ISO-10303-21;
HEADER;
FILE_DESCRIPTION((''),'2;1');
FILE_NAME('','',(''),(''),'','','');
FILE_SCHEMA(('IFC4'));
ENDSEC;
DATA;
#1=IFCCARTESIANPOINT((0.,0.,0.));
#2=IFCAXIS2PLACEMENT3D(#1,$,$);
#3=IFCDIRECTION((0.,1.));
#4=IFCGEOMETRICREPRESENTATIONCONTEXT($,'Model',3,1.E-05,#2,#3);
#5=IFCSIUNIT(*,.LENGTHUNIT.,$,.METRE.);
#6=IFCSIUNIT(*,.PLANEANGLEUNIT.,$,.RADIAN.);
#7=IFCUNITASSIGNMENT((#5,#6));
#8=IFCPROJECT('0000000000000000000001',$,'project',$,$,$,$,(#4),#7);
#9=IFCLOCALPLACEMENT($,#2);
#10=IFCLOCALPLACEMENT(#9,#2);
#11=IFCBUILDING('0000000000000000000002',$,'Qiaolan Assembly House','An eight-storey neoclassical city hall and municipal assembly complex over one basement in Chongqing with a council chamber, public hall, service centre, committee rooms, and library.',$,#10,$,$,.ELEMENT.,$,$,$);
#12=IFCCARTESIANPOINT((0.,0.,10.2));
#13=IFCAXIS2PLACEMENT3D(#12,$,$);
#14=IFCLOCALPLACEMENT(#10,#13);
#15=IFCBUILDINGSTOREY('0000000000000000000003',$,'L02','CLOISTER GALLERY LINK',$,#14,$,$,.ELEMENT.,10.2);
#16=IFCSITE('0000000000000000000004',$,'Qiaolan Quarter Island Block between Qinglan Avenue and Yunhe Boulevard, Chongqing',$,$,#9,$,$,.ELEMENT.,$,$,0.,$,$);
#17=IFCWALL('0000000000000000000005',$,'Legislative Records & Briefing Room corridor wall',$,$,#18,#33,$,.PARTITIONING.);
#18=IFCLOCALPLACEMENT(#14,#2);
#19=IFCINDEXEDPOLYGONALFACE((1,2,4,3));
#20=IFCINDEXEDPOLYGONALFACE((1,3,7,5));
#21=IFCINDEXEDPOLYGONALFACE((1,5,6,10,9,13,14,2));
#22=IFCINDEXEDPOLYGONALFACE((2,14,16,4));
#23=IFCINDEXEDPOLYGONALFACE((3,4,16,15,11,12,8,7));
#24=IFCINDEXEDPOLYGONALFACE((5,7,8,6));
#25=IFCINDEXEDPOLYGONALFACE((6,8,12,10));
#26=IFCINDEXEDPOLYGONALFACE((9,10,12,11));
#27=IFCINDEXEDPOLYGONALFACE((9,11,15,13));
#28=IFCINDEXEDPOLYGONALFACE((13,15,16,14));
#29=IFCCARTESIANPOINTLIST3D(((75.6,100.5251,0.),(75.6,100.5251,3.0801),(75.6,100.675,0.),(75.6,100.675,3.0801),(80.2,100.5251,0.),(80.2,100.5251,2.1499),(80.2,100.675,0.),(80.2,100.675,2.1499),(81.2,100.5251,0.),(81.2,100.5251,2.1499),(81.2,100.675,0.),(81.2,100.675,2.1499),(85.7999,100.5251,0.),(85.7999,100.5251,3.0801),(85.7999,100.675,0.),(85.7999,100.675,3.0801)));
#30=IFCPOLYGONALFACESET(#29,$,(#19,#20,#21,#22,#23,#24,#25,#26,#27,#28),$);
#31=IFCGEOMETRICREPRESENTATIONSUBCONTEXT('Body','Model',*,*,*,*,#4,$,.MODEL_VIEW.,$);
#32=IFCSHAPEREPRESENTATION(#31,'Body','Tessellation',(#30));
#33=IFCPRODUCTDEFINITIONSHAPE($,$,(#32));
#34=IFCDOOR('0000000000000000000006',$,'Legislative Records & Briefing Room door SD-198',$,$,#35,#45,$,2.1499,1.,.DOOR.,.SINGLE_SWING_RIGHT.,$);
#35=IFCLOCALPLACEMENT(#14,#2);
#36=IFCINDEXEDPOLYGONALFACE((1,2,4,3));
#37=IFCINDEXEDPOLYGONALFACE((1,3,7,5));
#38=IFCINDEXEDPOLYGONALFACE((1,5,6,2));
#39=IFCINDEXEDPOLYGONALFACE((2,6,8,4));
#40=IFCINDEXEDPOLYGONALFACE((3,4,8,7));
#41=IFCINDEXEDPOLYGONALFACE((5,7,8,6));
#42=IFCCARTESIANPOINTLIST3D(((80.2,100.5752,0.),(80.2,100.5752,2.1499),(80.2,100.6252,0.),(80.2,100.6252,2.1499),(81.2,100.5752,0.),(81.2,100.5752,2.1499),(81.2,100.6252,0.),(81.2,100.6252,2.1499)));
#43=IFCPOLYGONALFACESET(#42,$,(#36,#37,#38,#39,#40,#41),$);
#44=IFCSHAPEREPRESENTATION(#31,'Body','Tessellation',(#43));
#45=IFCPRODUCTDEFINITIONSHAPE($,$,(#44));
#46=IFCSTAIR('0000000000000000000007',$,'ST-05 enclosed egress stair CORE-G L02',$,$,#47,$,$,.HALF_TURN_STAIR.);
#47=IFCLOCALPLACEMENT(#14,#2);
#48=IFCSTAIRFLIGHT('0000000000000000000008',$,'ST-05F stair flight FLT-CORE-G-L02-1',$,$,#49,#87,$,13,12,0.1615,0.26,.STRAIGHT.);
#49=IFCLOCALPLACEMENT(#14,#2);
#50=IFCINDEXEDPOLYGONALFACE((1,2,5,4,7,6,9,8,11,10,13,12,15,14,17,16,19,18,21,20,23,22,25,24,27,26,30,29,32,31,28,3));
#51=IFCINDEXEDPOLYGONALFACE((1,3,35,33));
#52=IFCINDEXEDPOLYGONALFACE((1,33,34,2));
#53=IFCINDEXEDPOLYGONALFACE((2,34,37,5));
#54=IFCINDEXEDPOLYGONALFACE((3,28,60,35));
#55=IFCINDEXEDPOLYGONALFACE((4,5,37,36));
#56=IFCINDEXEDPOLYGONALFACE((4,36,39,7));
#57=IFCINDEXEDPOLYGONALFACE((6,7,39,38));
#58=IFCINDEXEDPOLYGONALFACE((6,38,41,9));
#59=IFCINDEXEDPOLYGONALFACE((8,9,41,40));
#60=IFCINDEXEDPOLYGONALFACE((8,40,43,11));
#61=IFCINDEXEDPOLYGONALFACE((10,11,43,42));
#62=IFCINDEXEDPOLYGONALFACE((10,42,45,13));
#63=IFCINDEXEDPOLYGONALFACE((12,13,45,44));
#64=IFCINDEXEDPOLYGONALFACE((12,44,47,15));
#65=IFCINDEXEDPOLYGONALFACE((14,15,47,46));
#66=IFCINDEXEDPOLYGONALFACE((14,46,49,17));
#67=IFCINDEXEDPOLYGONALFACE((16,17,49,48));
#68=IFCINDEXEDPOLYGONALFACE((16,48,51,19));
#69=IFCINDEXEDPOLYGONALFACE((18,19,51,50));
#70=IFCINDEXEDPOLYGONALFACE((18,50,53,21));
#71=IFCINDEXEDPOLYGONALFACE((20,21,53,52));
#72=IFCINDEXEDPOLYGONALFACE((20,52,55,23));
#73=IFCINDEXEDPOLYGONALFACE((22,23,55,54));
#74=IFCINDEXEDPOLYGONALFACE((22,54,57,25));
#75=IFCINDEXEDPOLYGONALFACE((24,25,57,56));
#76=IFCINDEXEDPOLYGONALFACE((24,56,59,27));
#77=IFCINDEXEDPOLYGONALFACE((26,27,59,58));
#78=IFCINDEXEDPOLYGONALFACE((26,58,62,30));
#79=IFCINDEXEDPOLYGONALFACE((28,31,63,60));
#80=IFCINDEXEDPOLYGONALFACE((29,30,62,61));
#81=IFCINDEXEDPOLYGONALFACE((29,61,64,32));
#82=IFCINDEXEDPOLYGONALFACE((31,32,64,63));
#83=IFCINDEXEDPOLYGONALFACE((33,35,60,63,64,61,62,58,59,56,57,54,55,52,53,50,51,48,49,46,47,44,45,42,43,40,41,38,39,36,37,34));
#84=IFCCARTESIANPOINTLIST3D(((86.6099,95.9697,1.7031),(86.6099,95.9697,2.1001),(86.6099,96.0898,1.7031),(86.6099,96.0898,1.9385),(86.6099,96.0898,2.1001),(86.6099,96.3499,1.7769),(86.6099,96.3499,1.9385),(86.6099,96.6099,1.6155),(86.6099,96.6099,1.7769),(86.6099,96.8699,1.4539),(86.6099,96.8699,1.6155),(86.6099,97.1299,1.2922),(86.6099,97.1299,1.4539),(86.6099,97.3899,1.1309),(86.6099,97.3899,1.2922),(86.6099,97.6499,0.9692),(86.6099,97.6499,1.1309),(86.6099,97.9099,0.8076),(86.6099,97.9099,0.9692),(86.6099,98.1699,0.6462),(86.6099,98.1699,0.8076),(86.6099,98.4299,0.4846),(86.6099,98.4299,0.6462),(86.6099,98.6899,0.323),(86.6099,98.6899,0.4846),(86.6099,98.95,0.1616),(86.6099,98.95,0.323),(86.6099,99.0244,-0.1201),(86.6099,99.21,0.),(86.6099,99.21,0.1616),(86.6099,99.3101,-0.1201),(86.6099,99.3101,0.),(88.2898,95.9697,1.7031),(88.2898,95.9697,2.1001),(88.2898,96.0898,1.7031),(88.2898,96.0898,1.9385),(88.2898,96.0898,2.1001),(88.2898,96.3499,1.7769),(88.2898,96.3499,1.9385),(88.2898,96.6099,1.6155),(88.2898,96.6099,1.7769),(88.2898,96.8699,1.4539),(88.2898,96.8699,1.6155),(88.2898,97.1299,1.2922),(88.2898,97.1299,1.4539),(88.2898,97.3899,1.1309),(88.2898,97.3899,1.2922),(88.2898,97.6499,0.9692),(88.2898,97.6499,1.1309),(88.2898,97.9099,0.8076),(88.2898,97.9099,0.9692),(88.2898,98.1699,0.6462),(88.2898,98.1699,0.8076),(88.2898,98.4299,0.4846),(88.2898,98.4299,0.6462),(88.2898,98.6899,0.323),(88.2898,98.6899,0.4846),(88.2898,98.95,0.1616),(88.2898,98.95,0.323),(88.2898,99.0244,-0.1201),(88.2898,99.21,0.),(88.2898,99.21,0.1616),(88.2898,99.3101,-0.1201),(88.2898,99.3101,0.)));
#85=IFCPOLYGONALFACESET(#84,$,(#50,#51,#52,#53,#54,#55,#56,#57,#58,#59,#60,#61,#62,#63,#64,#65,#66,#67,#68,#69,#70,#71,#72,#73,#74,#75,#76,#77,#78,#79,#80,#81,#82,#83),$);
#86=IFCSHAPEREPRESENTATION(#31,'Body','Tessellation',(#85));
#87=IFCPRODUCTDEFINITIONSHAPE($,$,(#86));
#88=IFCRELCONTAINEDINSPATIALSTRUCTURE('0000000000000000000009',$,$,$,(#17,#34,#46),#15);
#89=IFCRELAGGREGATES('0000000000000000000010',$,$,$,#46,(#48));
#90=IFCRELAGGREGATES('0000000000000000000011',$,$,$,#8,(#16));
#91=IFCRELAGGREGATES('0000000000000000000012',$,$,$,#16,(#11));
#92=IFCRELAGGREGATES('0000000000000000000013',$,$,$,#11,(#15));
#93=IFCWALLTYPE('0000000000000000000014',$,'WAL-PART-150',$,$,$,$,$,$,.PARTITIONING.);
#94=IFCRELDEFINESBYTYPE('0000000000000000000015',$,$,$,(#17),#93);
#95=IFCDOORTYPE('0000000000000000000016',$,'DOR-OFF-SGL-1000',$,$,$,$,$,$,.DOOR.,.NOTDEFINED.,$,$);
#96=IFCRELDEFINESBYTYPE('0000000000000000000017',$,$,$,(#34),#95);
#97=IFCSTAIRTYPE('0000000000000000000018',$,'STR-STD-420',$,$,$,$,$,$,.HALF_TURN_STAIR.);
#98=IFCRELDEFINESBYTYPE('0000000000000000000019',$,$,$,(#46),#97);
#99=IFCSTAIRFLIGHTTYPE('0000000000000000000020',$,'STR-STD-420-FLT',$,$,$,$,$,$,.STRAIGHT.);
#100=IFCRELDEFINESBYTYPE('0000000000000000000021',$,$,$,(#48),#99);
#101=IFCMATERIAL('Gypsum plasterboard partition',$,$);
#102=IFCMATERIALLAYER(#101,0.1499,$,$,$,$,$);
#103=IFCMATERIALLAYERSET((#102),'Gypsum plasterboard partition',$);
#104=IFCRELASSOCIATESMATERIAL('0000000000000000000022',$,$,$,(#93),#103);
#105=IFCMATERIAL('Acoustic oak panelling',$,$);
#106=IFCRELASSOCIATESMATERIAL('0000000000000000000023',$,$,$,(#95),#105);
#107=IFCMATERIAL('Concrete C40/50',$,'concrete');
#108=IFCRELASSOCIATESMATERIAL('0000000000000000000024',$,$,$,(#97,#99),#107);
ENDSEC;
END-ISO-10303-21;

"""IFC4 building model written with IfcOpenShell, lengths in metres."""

from ifc_helpers import new_model, si_unit, direction, frame, frame_2d, origin, place, context, subcontext, project, spatial, polyline, rectangle, outline, extrude, material, layer, layer_set, type_object, element, fill, aggregate, save


model = new_model("IFC4")

# Units and contexts
model_context = context("Model", 3, precision=1e-05, world=origin(), true_north=direction((0.0, 1.0)))
body_context = subcontext(model_context, "Body", "Model", "MODEL_VIEW")
ifc_project = project(units=[si_unit("LENGTHUNIT", "METRE"), si_unit("PLANEANGLEUNIT", "RADIAN")], contexts=[model_context])

# Site, building, storey
site_placement = place(None, origin())
site = spatial("IfcSite", under=ifc_project, at=site_placement, Name="Qiaolan Quarter Island Block between Qinglan Avenue and Yunhe Boulevard, Chongqing", CompositionType="ELEMENT", RefElevation=0.0)
building_placement = place(site_placement, origin())
building = spatial("IfcBuilding", under=site, at=building_placement, Name="Qiaolan Assembly House", Description="An eight-storey neoclassical city hall and municipal assembly complex over one basement in Chongqing with a council chamber, public hall, service centre, committee rooms, and library.", CompositionType="ELEMENT")
storey_placement = place(building_placement, frame((0.0, 0.0, 10.2)))
storey = spatial("IfcBuildingStorey", under=building, at=storey_placement, Name="L02", Description="CLOISTER GALLERY LINK", CompositionType="ELEMENT", Elevation=10.2)

# Shared definitions
ifc_material_1 = material(Name="Concrete C40/50", Category="concrete")

# Shared definitions
ifc_material_2 = material(Name="Gypsum plasterboard partition")

# Wall, opening, door
ifc_layer_1 = layer(ifc_material_2, 0.1499)
ifc_layer_set_1 = layer_set([ifc_layer_1], Name="Gypsum plasterboard partition")
wall_type_1 = type_object("IfcWallType", Name="WAL-PART-150", PredefinedType="PARTITIONING", material=ifc_layer_set_1)
wall_1_placement = place(storey_placement, frame((85.8, 100.6001, 0.0), z_axis=(0.0, 0.0, 1.0), x_axis=(-1.0, 0.0, 0.0)))
wall_1 = element("IfcWall", 1, at=wall_1_placement, inside=storey, type_object=wall_type_1, Name="Legislative Records & Briefing Room corridor wall", PredefinedType="PARTITIONING", context=body_context, shape_type="SweptSolid", body=[
    extrude(rectangle(XDim=10.2, YDim=0.1499, at=frame_2d((5.1001, 0.0))), origin(), (0.0, 0.0, 1.0), 3.0801),
])
opening_placement = place(wall_1_placement, frame((4.6001, 0.0, 0.0)))
opening = element("IfcOpeningElement", 2, at=opening_placement, cuts=wall_1, PredefinedType="OPENING", context=body_context, shape_type="SweptSolid", body=[
    extrude(rectangle(XDim=1.0, YDim=2.1499, at=frame_2d((0.5, 1.075))), frame((0.0, 0.085, 0.0), z_axis=(0.0, -1.0, 0.0), x_axis=(1.0, 0.0, 0.0)), (0.0, 0.0, 1.0), 0.1699),
])
ifc_material_3 = material(Name="Acoustic oak panelling")
door_type = type_object("IfcDoorType", Name="DOR-OFF-SGL-1000", OperationType="NOTDEFINED", PredefinedType="DOOR", material=ifc_material_3)
door_placement = place(opening_placement, origin())
door = element("IfcDoor", 3, at=door_placement, inside=storey, type_object=door_type, Name="Legislative Records & Briefing Room door SD-198", OperationType="SINGLE_SWING_RIGHT", OverallHeight=2.1499, OverallWidth=1.0, PredefinedType="DOOR", context=body_context, shape_type="SweptSolid", body=[
    extrude(rectangle(XDim=1.0, YDim=2.1499, at=frame_2d((0.5, 1.075))), frame((0.0, 0.0249, 0.0), z_axis=(0.0, -1.0, 0.0), x_axis=(1.0, 0.0, 0.0)), (0.0, 0.0, 1.0), 0.05),
])
fill(opening, door)

# Stair, stair flight
stair_type = type_object("IfcStairType", Name="STR-STD-420", PredefinedType="HALF_TURN_STAIR", material=ifc_material_1)
stair_placement = place(storey_placement, origin())
stair = element("IfcStair", 4, at=stair_placement, inside=storey, type_object=stair_type, Name="ST-05 enclosed egress stair CORE-G L02", PredefinedType="HALF_TURN_STAIR")
stair_flight_type = type_object("IfcStairFlightType", Name="STR-STD-420-FLT", PredefinedType="STRAIGHT", material=ifc_material_1)
stair_flight_placement = place(storey_placement, frame((87.45, 99.21, 0.0), z_axis=(0.0, 0.0, 1.0), x_axis=(0.0, -1.0, 0.0)))
stair_flight = element("IfcStairFlight", 5, at=stair_flight_placement, type_object=stair_flight_type, Name="ST-05F stair flight FLT-CORE-G-L02-1", NumberOfRisers=13, NumberOfTreads=12, PredefinedType="STRAIGHT", RiserHeight=0.1615, TreadLength=0.26, context=body_context, shape_type="SweptSolid", body=[
    extrude(outline(polyline([(-0.1001, -0.1201), (-0.1001, 0.0), (0.0, 0.0), (0.0, 0.1616), (0.26, 0.1616), (0.26, 0.323), (0.52, 0.323), (0.52, 0.4846), (0.78, 0.4846), (0.78, 0.6462), (1.04, 0.6462), (1.04, 0.8076), (1.3, 0.8076), (1.3, 0.9692), (1.5601, 0.9692), (1.5601, 1.1309), (1.8201, 1.1309), (1.8201, 1.2922), (2.0801, 1.2922), (2.0801, 1.4539), (2.3401, 1.4539), (2.3401, 1.6155), (2.6001, 1.6155), (2.6001, 1.7769), (2.8601, 1.7769), (2.8601, 1.9385), (3.1201, 1.9385), (3.1201, 2.1001), (3.2402, 2.1001), (3.2402, 1.7031), (3.1201, 1.7031), (0.1855, -0.1201), (-0.1001, -0.1201)])), frame((0.0, 0.8398, 0.0), z_axis=(0.0, -1.0, 0.0), x_axis=(1.0, 0.0, 0.0)), (0.0, 0.0, 1.0), 1.6799),
])
aggregate(stair, [stair_flight])

save(model, "model.ifc")
